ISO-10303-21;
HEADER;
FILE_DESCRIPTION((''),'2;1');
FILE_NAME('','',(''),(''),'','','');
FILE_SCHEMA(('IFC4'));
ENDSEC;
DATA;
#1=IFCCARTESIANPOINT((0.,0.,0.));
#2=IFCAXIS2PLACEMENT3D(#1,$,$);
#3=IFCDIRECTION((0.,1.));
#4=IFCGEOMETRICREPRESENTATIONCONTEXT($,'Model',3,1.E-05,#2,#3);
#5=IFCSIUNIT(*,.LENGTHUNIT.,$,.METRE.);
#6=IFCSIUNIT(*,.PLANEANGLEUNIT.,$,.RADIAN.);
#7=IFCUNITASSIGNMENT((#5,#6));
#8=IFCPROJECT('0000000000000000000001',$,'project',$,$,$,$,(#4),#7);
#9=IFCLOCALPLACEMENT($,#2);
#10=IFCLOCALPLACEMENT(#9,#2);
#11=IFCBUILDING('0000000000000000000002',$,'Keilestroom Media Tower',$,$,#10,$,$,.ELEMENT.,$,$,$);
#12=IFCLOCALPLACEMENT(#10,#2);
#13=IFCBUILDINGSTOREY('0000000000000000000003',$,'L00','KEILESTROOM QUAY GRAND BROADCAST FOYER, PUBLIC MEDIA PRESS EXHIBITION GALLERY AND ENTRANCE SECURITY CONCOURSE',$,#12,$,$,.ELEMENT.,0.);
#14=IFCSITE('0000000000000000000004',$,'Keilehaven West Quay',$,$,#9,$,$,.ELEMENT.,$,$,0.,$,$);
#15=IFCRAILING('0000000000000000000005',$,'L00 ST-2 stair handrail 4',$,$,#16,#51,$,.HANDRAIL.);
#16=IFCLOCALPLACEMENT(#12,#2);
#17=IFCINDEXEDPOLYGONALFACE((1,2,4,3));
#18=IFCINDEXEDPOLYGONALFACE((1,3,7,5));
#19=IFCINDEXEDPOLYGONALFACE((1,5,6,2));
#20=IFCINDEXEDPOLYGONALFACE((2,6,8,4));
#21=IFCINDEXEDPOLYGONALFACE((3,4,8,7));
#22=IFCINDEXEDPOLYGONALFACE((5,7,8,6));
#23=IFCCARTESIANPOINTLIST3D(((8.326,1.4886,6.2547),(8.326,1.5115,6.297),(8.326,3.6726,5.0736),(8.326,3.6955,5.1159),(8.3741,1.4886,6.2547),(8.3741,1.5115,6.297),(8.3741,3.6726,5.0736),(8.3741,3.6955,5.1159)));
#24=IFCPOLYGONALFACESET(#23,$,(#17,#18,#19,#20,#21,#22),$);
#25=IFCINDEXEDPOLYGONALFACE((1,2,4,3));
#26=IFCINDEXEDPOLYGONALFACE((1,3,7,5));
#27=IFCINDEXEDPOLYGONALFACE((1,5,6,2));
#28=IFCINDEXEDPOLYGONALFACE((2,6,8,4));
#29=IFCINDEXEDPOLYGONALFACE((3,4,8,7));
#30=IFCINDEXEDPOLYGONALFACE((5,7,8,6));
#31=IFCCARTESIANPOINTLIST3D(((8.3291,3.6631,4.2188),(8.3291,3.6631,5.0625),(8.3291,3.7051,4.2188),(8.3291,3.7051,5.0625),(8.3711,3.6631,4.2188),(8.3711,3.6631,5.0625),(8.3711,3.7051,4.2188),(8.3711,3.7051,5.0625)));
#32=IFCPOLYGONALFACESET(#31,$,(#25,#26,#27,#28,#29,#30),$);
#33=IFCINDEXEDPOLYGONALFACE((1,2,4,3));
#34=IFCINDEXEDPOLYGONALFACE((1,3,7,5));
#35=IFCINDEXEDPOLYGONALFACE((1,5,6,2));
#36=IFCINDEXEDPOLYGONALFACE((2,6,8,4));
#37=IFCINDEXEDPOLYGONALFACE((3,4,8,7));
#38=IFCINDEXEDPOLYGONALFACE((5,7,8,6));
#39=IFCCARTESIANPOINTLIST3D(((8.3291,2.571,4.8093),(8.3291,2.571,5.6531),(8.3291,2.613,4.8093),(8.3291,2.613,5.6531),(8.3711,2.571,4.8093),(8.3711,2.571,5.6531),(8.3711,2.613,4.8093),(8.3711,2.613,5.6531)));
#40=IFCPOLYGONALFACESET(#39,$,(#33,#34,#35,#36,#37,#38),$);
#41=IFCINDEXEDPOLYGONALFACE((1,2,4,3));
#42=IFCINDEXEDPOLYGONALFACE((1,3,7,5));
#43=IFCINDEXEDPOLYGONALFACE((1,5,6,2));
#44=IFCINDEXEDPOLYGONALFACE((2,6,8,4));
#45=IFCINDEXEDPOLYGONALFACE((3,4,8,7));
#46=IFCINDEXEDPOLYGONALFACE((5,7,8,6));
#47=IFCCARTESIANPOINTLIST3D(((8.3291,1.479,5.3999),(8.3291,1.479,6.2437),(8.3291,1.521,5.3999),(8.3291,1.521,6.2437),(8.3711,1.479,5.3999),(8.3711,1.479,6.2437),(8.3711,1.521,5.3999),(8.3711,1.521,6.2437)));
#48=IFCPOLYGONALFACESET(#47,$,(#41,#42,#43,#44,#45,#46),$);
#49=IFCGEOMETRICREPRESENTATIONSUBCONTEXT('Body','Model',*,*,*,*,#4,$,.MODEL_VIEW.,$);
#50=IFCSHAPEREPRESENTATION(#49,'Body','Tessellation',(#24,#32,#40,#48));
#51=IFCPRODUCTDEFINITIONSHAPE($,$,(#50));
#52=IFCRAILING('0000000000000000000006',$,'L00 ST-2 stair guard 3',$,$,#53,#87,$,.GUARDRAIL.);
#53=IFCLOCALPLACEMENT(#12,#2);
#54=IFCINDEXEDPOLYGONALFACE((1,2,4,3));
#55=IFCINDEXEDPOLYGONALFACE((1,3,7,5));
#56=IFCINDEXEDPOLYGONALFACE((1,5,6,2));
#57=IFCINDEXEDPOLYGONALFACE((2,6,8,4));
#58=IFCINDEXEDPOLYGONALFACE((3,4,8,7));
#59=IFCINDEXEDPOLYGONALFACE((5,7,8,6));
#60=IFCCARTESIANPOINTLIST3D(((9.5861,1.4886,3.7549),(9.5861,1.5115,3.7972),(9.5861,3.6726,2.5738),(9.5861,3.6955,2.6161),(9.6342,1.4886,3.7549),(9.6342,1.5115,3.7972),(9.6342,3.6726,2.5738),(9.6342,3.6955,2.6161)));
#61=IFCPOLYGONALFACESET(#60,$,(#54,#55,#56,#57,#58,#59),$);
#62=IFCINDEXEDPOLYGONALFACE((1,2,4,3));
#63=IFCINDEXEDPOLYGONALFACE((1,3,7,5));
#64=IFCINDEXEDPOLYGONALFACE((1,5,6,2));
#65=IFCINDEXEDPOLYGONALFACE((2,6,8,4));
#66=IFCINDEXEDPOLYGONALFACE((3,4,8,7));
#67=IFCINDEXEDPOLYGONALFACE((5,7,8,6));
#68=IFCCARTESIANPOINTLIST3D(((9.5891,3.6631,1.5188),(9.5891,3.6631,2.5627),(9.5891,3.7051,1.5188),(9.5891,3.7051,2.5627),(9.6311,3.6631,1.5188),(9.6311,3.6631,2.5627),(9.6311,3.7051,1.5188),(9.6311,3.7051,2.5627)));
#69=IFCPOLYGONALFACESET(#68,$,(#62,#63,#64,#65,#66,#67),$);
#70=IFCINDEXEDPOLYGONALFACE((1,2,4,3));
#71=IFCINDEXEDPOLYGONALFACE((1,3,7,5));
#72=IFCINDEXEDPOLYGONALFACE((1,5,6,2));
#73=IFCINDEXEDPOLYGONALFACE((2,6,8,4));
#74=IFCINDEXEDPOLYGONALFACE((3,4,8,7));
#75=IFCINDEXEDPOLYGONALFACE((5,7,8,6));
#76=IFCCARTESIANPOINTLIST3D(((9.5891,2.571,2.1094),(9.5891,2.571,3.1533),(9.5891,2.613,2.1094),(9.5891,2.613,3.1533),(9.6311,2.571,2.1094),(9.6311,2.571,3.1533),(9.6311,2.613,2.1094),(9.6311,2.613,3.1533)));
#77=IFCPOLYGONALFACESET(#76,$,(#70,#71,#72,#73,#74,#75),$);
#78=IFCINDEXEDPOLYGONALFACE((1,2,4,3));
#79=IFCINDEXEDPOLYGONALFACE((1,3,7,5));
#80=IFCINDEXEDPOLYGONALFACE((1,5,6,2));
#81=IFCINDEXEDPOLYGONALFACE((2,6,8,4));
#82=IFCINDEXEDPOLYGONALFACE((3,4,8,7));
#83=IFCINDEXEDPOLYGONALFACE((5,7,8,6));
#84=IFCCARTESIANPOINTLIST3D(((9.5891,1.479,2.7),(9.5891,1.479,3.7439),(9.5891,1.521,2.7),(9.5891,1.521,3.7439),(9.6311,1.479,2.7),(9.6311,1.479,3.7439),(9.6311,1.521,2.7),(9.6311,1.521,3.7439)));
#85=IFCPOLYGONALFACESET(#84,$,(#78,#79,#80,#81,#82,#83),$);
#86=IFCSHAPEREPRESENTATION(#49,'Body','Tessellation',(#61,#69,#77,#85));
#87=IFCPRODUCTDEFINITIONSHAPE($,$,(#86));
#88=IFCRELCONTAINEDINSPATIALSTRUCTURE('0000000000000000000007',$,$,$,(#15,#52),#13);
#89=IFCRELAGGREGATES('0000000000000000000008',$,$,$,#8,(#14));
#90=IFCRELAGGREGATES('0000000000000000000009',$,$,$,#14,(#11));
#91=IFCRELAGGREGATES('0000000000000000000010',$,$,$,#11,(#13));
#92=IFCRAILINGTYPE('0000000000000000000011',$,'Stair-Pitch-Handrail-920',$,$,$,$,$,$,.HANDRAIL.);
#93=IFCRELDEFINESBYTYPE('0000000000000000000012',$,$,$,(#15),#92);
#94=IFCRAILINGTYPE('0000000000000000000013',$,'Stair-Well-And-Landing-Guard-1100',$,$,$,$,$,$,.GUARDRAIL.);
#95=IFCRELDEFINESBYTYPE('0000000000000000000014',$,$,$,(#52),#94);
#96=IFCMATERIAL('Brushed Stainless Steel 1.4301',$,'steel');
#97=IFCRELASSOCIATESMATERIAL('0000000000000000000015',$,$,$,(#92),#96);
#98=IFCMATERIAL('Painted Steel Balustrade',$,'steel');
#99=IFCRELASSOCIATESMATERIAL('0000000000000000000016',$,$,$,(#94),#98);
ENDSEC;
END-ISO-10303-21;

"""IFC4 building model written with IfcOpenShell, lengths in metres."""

from ifc_helpers import new_model, si_unit, direction, frame, origin, origin_2d, place, context, subcontext, project, spatial, rectangle, extrude, material, type_object, element, save


model = new_model("IFC4")

# Units and contexts
model_context = context("Model", 3, precision=1e-05, world=origin(), true_north=direction((0.0, 1.0)))
body_context = subcontext(model_context, "Body", "Model", "MODEL_VIEW")
ifc_project = project(units=[si_unit("LENGTHUNIT", "METRE"), si_unit("PLANEANGLEUNIT", "RADIAN")], contexts=[model_context])

# Site, building, storey
site_placement = place(None, origin())
site = spatial("IfcSite", under=ifc_project, at=site_placement, Name="Keilehaven West Quay", CompositionType="ELEMENT", RefElevation=0.0)
building_placement = place(site_placement, origin())
building = spatial("IfcBuilding", under=site, at=building_placement, Name="Keilestroom Media Tower", CompositionType="ELEMENT")
storey_placement = place(building_placement, origin())
storey = spatial("IfcBuildingStorey", under=building, at=storey_placement, Name="L00", Description="KEILESTROOM QUAY GRAND BROADCAST FOYER, PUBLIC MEDIA PRESS EXHIBITION GALLERY AND ENTRANCE SECURITY CONCOURSE", CompositionType="ELEMENT", Elevation=0.0)

# Railings
ifc_material_1 = material(Name="Brushed Stainless Steel 1.4301", Category="steel")
railing_type_1 = type_object("IfcRailingType", Name="Stair-Pitch-Handrail-920", PredefinedType="HANDRAIL", material=ifc_material_1)
for number, where, name in (
    (1, (8.3501, 3.6841, 4.2188), "L00 ST-2 stair handrail 4"),
):
    element("IfcRailing", number, at=place(storey_placement, frame(where)), inside=storey, type_object=railing_type_1, Name=name, PredefinedType="HANDRAIL", context=body_context, shape_type="SweptSolid", body=[
        extrude(rectangle(XDim=0.0481, YDim=0.0481, at=origin_2d()), frame((0.0, 0.0, 0.876), z_axis=(0.0, -0.879611, 0.475694), x_axis=(1.0, 0.0, 0.0)), (0.0, 0.0, 1.0), 2.4829),
        extrude(rectangle(XDim=0.042, YDim=0.042, at=origin_2d()), origin(), (0.0, 0.0, 1.0), 0.8438),
        extrude(rectangle(XDim=0.042, YDim=0.042, at=origin_2d()), frame((0.0, -1.092, 0.5906)), (0.0, 0.0, 1.0), 0.8438),
        extrude(rectangle(XDim=0.042, YDim=0.042, at=origin_2d()), frame((0.0, -2.1841, 1.1812)), (0.0, 0.0, 1.0), 0.8438),
    ])
ifc_material_2 = material(Name="Painted Steel Balustrade", Category="steel")
railing_type_2 = type_object("IfcRailingType", Name="Stair-Well-And-Landing-Guard-1100", PredefinedType="GUARDRAIL", material=ifc_material_2)
railing_placement = place(storey_placement, frame((9.6101, 3.6841, 1.5188)))
element("IfcRailing", 2, at=railing_placement, inside=storey, type_object=railing_type_2, Name="L00 ST-2 stair guard 3", PredefinedType="GUARDRAIL", context=body_context, shape_type="SweptSolid", body=[
    extrude(rectangle(XDim=0.0481, YDim=0.0481, at=origin_2d()), frame((0.0, 0.0, 1.0762), z_axis=(0.0, -0.879611, 0.475694), x_axis=(1.0, 0.0, 0.0)), (0.0, 0.0, 1.0), 2.4829),
    extrude(rectangle(XDim=0.042, YDim=0.042, at=origin_2d()), origin(), (0.0, 0.0, 1.0), 1.0439),
    extrude(rectangle(XDim=0.042, YDim=0.042, at=origin_2d()), frame((0.0, -1.092, 0.5906)), (0.0, 0.0, 1.0), 1.0439),
    extrude(rectangle(XDim=0.042, YDim=0.042, at=origin_2d()), frame((0.0, -2.1841, 1.1812)), (0.0, 0.0, 1.0), 1.0439),
])

save(model, "model.ifc")
